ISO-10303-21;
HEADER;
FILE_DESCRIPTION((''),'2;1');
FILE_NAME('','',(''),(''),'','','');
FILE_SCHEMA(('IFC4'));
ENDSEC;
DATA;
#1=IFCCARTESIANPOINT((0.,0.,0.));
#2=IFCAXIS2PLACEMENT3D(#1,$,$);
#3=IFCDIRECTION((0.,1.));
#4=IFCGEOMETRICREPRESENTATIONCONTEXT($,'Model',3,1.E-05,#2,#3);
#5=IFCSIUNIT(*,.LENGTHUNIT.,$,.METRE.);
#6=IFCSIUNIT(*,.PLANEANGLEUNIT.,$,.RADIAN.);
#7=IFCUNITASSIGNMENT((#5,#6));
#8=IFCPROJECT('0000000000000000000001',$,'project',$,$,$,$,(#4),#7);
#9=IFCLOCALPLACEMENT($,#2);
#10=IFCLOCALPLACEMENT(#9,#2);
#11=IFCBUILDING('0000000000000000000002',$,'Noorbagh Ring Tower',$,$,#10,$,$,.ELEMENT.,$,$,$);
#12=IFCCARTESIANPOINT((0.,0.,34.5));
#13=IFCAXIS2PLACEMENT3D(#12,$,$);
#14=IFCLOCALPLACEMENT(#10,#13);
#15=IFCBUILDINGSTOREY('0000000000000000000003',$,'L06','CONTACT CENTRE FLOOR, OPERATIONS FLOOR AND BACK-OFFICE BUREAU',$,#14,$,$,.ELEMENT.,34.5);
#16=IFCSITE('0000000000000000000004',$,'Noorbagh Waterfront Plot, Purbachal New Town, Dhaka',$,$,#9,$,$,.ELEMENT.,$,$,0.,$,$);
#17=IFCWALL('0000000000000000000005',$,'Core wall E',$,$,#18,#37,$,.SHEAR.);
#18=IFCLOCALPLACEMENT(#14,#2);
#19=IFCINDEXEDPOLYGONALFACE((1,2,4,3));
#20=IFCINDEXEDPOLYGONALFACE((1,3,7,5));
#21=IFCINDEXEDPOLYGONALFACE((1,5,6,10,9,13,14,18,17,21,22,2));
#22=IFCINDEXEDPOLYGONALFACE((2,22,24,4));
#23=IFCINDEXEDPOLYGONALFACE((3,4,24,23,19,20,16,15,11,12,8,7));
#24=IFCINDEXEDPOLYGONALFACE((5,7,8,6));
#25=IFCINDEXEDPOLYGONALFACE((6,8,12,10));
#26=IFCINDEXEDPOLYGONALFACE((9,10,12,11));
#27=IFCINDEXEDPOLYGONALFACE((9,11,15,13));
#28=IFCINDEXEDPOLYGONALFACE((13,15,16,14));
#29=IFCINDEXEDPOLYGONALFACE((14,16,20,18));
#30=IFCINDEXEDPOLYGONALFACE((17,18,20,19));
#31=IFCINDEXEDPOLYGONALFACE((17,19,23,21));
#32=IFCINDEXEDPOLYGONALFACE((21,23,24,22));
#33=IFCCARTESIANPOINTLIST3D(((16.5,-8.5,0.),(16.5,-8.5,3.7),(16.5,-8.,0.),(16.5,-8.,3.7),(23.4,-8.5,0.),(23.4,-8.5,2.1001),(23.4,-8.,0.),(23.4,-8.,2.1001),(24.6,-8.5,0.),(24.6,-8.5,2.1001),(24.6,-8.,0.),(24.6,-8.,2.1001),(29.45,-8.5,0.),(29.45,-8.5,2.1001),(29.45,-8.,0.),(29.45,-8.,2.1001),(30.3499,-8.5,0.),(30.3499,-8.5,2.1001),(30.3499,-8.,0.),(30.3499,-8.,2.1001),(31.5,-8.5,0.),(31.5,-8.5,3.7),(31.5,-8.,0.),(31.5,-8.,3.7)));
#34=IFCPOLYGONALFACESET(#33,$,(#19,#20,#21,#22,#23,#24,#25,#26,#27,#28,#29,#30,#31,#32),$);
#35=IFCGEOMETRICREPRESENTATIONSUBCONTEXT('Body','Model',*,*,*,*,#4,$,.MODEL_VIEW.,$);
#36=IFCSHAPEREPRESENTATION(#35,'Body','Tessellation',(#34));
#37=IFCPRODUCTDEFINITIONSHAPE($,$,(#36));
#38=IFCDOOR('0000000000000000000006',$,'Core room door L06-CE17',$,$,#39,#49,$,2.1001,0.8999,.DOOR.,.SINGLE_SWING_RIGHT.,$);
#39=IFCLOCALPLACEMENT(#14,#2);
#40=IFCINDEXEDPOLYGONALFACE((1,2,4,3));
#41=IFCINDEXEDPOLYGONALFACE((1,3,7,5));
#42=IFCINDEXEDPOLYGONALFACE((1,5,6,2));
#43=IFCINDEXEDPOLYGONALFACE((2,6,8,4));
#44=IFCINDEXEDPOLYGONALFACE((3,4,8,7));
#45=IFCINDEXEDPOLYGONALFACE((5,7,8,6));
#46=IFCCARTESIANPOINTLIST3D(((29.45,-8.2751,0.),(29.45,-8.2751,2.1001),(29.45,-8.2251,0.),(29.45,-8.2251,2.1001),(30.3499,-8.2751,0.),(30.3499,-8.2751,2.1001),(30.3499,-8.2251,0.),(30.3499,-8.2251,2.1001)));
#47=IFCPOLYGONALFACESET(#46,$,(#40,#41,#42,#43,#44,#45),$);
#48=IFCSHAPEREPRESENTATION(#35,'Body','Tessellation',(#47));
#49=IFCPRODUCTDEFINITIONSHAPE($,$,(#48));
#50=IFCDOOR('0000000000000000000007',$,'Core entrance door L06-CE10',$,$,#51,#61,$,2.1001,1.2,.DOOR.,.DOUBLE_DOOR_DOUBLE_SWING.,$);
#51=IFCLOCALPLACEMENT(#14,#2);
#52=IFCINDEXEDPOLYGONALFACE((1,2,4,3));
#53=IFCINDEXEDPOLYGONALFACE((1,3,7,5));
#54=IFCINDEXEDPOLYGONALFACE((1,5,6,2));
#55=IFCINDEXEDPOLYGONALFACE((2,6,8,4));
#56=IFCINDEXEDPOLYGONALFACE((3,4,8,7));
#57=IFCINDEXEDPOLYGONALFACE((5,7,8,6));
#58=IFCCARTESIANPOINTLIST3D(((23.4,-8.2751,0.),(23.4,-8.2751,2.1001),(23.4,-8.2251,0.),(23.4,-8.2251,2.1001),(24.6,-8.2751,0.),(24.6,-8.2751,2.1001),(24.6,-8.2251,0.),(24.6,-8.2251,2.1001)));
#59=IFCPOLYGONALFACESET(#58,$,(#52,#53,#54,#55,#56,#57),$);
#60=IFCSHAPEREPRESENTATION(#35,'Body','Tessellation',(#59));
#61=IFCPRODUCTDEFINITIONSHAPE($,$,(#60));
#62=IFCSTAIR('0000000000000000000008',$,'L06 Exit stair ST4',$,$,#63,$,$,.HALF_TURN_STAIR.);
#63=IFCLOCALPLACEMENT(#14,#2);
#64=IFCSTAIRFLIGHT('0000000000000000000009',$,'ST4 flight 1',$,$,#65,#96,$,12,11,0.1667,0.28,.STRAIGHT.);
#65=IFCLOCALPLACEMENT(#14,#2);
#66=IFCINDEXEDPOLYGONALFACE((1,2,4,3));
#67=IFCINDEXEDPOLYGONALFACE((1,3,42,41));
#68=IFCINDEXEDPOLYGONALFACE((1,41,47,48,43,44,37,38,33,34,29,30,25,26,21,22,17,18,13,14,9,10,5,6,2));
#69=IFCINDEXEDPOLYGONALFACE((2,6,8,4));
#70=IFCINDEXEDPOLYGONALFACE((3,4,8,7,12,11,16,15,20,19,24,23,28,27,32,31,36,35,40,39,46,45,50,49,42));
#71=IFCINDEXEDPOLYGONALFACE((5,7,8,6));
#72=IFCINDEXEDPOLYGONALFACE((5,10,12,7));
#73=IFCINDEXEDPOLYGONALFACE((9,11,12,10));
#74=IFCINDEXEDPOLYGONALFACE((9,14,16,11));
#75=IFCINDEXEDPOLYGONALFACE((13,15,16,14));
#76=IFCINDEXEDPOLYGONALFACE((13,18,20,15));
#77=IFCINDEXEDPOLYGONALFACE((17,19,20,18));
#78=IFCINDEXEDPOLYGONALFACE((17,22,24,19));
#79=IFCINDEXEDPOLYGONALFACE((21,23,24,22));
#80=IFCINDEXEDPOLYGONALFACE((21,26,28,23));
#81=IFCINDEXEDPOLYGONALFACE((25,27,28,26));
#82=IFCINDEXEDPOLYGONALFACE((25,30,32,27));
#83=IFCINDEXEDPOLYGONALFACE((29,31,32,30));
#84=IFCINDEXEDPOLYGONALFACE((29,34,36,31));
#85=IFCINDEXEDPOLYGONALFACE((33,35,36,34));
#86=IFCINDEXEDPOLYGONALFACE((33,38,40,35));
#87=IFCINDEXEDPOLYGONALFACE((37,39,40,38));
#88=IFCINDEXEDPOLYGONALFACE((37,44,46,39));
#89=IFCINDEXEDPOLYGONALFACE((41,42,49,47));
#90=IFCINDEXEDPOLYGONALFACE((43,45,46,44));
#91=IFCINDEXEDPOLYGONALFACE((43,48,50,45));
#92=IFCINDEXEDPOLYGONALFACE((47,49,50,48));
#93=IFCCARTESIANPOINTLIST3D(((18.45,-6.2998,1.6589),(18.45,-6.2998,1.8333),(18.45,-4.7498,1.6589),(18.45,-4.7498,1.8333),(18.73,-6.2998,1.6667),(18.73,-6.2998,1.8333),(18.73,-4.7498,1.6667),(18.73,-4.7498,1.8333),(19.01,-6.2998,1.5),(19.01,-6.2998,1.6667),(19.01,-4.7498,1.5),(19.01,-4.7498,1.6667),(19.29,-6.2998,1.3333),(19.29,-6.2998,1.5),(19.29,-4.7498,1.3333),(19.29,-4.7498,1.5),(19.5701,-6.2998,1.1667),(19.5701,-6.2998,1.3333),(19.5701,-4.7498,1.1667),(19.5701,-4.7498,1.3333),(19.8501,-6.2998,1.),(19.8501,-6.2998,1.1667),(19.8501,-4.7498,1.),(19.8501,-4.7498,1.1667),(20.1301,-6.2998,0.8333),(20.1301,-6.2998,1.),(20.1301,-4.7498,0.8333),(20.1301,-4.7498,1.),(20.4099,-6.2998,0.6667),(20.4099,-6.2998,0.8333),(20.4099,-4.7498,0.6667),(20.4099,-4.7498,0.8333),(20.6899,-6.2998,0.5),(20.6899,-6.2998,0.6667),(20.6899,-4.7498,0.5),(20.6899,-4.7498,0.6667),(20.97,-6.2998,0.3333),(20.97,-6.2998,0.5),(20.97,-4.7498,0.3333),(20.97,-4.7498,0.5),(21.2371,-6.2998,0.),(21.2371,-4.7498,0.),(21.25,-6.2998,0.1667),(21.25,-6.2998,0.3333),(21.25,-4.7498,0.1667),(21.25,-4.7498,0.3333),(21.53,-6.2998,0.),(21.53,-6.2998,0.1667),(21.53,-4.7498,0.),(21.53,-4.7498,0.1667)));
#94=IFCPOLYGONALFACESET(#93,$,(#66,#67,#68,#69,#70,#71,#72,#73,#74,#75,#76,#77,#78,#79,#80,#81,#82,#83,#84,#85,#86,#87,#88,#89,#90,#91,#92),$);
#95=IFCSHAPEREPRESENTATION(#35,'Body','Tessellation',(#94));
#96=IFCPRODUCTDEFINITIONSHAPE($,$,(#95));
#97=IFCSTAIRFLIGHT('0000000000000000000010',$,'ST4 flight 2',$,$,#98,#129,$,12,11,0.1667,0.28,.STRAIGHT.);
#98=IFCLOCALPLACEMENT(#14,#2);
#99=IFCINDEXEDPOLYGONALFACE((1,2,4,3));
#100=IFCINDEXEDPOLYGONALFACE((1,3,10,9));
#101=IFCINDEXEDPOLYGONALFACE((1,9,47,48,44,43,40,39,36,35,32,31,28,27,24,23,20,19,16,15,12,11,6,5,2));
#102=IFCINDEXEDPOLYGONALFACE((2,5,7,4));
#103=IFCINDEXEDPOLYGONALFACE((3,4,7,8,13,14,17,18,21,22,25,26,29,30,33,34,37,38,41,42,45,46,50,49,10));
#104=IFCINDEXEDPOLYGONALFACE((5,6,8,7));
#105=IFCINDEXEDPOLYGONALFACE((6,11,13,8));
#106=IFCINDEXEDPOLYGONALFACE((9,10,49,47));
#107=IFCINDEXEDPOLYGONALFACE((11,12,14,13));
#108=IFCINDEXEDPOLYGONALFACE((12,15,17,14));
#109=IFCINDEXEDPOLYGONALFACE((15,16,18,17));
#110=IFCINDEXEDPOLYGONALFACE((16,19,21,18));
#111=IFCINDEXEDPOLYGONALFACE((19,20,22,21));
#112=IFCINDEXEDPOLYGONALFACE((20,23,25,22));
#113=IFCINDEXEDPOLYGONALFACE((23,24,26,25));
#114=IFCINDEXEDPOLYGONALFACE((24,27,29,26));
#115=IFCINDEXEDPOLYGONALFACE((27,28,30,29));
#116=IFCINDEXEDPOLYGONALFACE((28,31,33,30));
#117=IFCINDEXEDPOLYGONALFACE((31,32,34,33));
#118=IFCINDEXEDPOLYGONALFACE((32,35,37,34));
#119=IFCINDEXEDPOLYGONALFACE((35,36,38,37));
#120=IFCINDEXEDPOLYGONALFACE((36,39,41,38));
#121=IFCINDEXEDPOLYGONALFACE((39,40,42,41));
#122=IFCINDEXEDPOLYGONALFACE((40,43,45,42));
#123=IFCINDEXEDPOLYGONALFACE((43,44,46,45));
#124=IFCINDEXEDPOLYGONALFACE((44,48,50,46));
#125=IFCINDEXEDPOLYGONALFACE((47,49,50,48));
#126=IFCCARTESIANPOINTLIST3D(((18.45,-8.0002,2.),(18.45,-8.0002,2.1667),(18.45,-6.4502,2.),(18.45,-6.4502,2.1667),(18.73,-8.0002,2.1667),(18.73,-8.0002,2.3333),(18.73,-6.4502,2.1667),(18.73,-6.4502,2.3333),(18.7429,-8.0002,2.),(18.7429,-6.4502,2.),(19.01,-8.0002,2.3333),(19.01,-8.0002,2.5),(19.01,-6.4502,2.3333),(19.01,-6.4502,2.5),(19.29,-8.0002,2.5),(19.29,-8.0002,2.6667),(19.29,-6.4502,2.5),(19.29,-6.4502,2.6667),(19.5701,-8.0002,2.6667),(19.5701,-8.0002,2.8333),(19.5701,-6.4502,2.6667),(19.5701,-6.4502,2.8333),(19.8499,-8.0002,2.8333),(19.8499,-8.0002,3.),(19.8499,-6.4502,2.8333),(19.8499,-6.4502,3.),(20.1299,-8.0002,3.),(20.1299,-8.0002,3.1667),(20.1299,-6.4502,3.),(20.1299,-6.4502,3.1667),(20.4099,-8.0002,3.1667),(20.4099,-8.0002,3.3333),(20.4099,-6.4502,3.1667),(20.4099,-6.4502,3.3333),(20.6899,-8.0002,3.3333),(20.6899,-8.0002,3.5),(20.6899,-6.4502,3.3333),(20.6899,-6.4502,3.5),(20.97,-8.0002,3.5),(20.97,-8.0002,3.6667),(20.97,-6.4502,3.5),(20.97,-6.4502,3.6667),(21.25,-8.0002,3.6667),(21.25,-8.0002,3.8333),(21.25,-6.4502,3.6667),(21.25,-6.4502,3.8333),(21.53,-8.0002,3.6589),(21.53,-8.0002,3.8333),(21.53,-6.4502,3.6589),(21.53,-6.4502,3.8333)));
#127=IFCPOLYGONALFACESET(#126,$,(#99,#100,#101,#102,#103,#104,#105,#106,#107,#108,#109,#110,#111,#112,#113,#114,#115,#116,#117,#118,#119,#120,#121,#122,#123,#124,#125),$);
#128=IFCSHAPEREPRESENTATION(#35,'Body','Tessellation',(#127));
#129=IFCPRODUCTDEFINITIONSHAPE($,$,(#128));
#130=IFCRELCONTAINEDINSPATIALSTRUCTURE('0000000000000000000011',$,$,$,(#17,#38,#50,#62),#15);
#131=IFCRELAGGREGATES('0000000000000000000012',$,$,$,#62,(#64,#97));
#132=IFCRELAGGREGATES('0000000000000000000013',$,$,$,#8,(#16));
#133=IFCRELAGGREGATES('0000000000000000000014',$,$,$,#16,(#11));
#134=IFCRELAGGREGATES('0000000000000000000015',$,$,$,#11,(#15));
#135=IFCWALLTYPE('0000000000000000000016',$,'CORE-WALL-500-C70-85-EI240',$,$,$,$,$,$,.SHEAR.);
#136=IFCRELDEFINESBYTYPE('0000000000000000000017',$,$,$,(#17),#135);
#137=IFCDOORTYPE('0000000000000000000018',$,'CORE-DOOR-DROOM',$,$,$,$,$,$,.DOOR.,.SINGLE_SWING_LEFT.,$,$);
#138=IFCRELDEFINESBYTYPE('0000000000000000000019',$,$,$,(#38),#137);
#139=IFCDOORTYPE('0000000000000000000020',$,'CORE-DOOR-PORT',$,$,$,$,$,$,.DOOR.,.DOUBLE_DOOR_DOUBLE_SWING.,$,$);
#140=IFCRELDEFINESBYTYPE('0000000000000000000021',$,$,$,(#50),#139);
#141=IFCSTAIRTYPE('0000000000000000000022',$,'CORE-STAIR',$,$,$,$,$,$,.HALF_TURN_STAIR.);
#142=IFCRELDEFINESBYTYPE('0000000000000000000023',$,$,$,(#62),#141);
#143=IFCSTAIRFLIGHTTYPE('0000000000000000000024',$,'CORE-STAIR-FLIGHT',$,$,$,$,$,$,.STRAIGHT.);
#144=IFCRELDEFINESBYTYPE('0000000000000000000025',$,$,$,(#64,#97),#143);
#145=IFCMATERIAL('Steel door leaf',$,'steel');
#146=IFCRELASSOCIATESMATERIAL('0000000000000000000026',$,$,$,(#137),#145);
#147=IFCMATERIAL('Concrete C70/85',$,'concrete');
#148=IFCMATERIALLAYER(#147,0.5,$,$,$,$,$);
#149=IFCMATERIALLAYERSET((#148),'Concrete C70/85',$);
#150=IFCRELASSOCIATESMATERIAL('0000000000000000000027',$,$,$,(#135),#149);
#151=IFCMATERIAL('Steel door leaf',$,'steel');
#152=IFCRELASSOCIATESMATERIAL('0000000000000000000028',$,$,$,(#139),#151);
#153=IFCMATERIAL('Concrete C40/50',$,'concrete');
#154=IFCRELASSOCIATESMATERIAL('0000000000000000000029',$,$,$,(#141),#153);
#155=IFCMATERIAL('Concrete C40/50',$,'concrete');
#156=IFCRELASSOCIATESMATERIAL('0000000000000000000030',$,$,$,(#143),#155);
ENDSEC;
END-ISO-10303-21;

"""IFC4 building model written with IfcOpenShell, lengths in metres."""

from ifc_helpers import new_model, si_unit, direction, frame, frame_2d, origin, place, context, subcontext, project, spatial, polyline, rectangle, outline, extrude, material, layer, layer_set, type_object, element, fill, aggregate, save


model = new_model("IFC4")

# Units and contexts
model_context = context("Model", 3, precision=1e-05, world=origin(), true_north=direction((0.0, 1.0)))
body_context = subcontext(model_context, "Body", "Model", "MODEL_VIEW")
ifc_project = project(units=[si_unit("LENGTHUNIT", "METRE"), si_unit("PLANEANGLEUNIT", "RADIAN")], contexts=[model_context])

# Site, building, storey
site_placement = place(None, origin())
site = spatial("IfcSite", under=ifc_project, at=site_placement, Name="Noorbagh Waterfront Plot, Purbachal New Town, Dhaka", CompositionType="ELEMENT", RefElevation=0.0)
building_placement = place(site_placement, origin())
building = spatial("IfcBuilding", under=site, at=building_placement, Name="Noorbagh Ring Tower", CompositionType="ELEMENT")
storey_placement = place(building_placement, frame((0.0, 0.0, 34.5)))
storey = spatial("IfcBuildingStorey", under=building, at=storey_placement, Name="L06", Description="CONTACT CENTRE FLOOR, OPERATIONS FLOOR AND BACK-OFFICE BUREAU", CompositionType="ELEMENT", Elevation=34.5)

# Shared definitions
ifc_material_1 = material(Name="Steel door leaf", Category="steel")
door_type_1 = type_object("IfcDoorType", Name="CORE-DOOR-DROOM", OperationType="SINGLE_SWING_LEFT", PredefinedType="DOOR", material=ifc_material_1)

# Wall, openings, doors
ifc_material_2 = material(Name="Concrete C70/85", Category="concrete")
ifc_layer_1 = layer(ifc_material_2, 0.5)
ifc_layer_set_1 = layer_set([ifc_layer_1], Name="Concrete C70/85")
wall_type_1 = type_object("IfcWallType", Name="CORE-WALL-500-C70-85-EI240", PredefinedType="SHEAR", material=ifc_layer_set_1)
wall_1_placement = place(storey_placement, frame((16.5, -8.25, 0.0), z_axis=(0.0, 0.0, 1.0), x_axis=(1.0, 0.0, 0.0)))
wall_1 = element("IfcWall", 1, at=wall_1_placement, inside=storey, type_object=wall_type_1, Name="Core wall E", PredefinedType="SHEAR", context=body_context, shape_type="SweptSolid", body=[
    extrude(rectangle(XDim=15.0, YDim=0.5, at=frame_2d((7.5, 0.0))), origin(), (0.0, 0.0, 1.0), 3.7),
])
opening_1_placement = place(wall_1_placement, frame((6.8999, 0.0, 0.0)))
opening_1 = element("IfcOpeningElement", 2, at=opening_1_placement, cuts=wall_1, PredefinedType="OPENING", context=body_context, shape_type="SweptSolid", body=[
    extrude(rectangle(XDim=1.2, YDim=2.1001, at=frame_2d((0.6001, 1.05))), frame((0.0, 0.26, 0.0), z_axis=(0.0, -1.0, 0.0), x_axis=(1.0, 0.0, 0.0)), (0.0, 0.0, 1.0), 0.52),
])
opening_2_placement = place(wall_1_placement, frame((12.95, 0.0, 0.0)))
opening_2 = element("IfcOpeningElement", 3, at=opening_2_placement, cuts=wall_1, PredefinedType="OPENING", context=body_context, shape_type="SweptSolid", body=[
    extrude(rectangle(XDim=0.8999, YDim=2.1001, at=frame_2d((0.45, 1.05))), frame((0.0, 0.26, 0.0), z_axis=(0.0, -1.0, 0.0), x_axis=(1.0, 0.0, 0.0)), (0.0, 0.0, 1.0), 0.52),
])
door_1_placement = place(opening_2_placement, origin())
door_1 = element("IfcDoor", 4, at=door_1_placement, inside=storey, type_object=door_type_1, Name="Core room door L06-CE17", OperationType="SINGLE_SWING_RIGHT", OverallHeight=2.1001, OverallWidth=0.8999, PredefinedType="DOOR", context=body_context, shape_type="SweptSolid", body=[
    extrude(rectangle(XDim=0.8999, YDim=2.1001, at=frame_2d((0.45, 1.05))), frame((0.0, 0.0249, 0.0), z_axis=(0.0, -1.0, 0.0), x_axis=(1.0, 0.0, 0.0)), (0.0, 0.0, 1.0), 0.05),
])
fill(opening_2, door_1)
ifc_material_3 = material(Name="Steel door leaf", Category="steel")
door_type_2 = type_object("IfcDoorType", Name="CORE-DOOR-PORT", OperationType="DOUBLE_DOOR_DOUBLE_SWING", PredefinedType="DOOR", material=ifc_material_3)
door_2_placement = place(opening_1_placement, origin())
door_2 = element("IfcDoor", 5, at=door_2_placement, inside=storey, type_object=door_type_2, Name="Core entrance door L06-CE10", OperationType="DOUBLE_DOOR_DOUBLE_SWING", OverallHeight=2.1001, OverallWidth=1.2, PredefinedType="DOOR", context=body_context, shape_type="SweptSolid", body=[
    extrude(rectangle(XDim=1.2, YDim=2.1001, at=frame_2d((0.6001, 1.05))), frame((0.0, 0.0249, 0.0), z_axis=(0.0, -1.0, 0.0), x_axis=(1.0, 0.0, 0.0)), (0.0, 0.0, 1.0), 0.05),
])
fill(opening_1, door_2)

# Stair, stair flights
ifc_material_4 = material(Name="Concrete C40/50", Category="concrete")
stair_type = type_object("IfcStairType", Name="CORE-STAIR", PredefinedType="HALF_TURN_STAIR", material=ifc_material_4)
stair_placement = place(storey_placement, origin())
stair = element("IfcStair", 6, at=stair_placement, inside=storey, type_object=stair_type, Name="L06 Exit stair ST4", PredefinedType="HALF_TURN_STAIR")
ifc_material_5 = material(Name="Concrete C40/50", Category="concrete")
stair_flight_type = type_object("IfcStairFlightType", Name="CORE-STAIR-FLIGHT", PredefinedType="STRAIGHT", material=ifc_material_5)
stair_flight_1_placement = place(storey_placement, frame((21.53, -5.5249, 0.0), z_axis=(0.0, 0.0, 1.0), x_axis=(-1.0, 0.0, 0.0)))
stair_flight_1 = element("IfcStairFlight", 7, at=stair_flight_1_placement, type_object=stair_flight_type, Name="ST4 flight 1", NumberOfRisers=12, NumberOfTreads=11, PredefinedType="STRAIGHT", RiserHeight=0.1667, TreadLength=0.28, context=body_context, shape_type="SweptSolid", body=[
    extrude(outline(polyline([(0.0, 0.0), (0.0, 0.1667), (0.28, 0.1667), (0.28, 0.3333), (0.5601, 0.3333), (0.5601, 0.5), (0.8401, 0.5), (0.8401, 0.6667), (1.1201, 0.6667), (1.1201, 0.8333), (1.3999, 0.8333), (1.3999, 1.0), (1.6799, 1.0), (1.6799, 1.1667), (1.96, 1.1667), (1.96, 1.3333), (2.24, 1.3333), (2.24, 1.5), (2.52, 1.5), (2.52, 1.6667), (2.8, 1.6667), (2.8, 1.8333), (3.0801, 1.8333), (3.0801, 2.0), (3.0801, 1.6589), (0.293, 0.0), (0.0, 0.0)])), frame((0.0, 0.7749, 0.0), z_axis=(0.0, -1.0, 0.0), x_axis=(1.0, 0.0, 0.0)), (0.0, 0.0, 1.0), 1.55),
])
stair_flight_2_placement = place(storey_placement, frame((18.45, -7.2251, 2.0), z_axis=(0.0, 0.0, 1.0), x_axis=(1.0, 0.0, 0.0)))
stair_flight_2 = element("IfcStairFlight", 8, at=stair_flight_2_placement, type_object=stair_flight_type, Name="ST4 flight 2", NumberOfRisers=12, NumberOfTreads=11, PredefinedType="STRAIGHT", RiserHeight=0.1667, TreadLength=0.28, context=body_context, shape_type="SweptSolid", body=[
    extrude(outline(polyline([(0.0, 0.0), (0.0, 0.1667), (0.28, 0.1667), (0.28, 0.3333), (0.5601, 0.3333), (0.5601, 0.5), (0.8401, 0.5), (0.8401, 0.6667), (1.1201, 0.6667), (1.1201, 0.8333), (1.3999, 0.8333), (1.3999, 1.0), (1.6799, 1.0), (1.6799, 1.1667), (1.96, 1.1667), (1.96, 1.3333), (2.24, 1.3333), (2.24, 1.5), (2.52, 1.5), (2.52, 1.6667), (2.8, 1.6667), (2.8, 1.8333), (3.0801, 1.8333), (3.0801, 2.0), (3.0801, 1.6589), (0.293, 0.0), (0.0, 0.0)])), frame((0.0, 0.7749, 0.0), z_axis=(0.0, -1.0, 0.0), x_axis=(1.0, 0.0, 0.0)), (0.0, 0.0, 1.0), 1.55),
])
aggregate(stair, [stair_flight_1, stair_flight_2])

save(model, "model.ifc")
